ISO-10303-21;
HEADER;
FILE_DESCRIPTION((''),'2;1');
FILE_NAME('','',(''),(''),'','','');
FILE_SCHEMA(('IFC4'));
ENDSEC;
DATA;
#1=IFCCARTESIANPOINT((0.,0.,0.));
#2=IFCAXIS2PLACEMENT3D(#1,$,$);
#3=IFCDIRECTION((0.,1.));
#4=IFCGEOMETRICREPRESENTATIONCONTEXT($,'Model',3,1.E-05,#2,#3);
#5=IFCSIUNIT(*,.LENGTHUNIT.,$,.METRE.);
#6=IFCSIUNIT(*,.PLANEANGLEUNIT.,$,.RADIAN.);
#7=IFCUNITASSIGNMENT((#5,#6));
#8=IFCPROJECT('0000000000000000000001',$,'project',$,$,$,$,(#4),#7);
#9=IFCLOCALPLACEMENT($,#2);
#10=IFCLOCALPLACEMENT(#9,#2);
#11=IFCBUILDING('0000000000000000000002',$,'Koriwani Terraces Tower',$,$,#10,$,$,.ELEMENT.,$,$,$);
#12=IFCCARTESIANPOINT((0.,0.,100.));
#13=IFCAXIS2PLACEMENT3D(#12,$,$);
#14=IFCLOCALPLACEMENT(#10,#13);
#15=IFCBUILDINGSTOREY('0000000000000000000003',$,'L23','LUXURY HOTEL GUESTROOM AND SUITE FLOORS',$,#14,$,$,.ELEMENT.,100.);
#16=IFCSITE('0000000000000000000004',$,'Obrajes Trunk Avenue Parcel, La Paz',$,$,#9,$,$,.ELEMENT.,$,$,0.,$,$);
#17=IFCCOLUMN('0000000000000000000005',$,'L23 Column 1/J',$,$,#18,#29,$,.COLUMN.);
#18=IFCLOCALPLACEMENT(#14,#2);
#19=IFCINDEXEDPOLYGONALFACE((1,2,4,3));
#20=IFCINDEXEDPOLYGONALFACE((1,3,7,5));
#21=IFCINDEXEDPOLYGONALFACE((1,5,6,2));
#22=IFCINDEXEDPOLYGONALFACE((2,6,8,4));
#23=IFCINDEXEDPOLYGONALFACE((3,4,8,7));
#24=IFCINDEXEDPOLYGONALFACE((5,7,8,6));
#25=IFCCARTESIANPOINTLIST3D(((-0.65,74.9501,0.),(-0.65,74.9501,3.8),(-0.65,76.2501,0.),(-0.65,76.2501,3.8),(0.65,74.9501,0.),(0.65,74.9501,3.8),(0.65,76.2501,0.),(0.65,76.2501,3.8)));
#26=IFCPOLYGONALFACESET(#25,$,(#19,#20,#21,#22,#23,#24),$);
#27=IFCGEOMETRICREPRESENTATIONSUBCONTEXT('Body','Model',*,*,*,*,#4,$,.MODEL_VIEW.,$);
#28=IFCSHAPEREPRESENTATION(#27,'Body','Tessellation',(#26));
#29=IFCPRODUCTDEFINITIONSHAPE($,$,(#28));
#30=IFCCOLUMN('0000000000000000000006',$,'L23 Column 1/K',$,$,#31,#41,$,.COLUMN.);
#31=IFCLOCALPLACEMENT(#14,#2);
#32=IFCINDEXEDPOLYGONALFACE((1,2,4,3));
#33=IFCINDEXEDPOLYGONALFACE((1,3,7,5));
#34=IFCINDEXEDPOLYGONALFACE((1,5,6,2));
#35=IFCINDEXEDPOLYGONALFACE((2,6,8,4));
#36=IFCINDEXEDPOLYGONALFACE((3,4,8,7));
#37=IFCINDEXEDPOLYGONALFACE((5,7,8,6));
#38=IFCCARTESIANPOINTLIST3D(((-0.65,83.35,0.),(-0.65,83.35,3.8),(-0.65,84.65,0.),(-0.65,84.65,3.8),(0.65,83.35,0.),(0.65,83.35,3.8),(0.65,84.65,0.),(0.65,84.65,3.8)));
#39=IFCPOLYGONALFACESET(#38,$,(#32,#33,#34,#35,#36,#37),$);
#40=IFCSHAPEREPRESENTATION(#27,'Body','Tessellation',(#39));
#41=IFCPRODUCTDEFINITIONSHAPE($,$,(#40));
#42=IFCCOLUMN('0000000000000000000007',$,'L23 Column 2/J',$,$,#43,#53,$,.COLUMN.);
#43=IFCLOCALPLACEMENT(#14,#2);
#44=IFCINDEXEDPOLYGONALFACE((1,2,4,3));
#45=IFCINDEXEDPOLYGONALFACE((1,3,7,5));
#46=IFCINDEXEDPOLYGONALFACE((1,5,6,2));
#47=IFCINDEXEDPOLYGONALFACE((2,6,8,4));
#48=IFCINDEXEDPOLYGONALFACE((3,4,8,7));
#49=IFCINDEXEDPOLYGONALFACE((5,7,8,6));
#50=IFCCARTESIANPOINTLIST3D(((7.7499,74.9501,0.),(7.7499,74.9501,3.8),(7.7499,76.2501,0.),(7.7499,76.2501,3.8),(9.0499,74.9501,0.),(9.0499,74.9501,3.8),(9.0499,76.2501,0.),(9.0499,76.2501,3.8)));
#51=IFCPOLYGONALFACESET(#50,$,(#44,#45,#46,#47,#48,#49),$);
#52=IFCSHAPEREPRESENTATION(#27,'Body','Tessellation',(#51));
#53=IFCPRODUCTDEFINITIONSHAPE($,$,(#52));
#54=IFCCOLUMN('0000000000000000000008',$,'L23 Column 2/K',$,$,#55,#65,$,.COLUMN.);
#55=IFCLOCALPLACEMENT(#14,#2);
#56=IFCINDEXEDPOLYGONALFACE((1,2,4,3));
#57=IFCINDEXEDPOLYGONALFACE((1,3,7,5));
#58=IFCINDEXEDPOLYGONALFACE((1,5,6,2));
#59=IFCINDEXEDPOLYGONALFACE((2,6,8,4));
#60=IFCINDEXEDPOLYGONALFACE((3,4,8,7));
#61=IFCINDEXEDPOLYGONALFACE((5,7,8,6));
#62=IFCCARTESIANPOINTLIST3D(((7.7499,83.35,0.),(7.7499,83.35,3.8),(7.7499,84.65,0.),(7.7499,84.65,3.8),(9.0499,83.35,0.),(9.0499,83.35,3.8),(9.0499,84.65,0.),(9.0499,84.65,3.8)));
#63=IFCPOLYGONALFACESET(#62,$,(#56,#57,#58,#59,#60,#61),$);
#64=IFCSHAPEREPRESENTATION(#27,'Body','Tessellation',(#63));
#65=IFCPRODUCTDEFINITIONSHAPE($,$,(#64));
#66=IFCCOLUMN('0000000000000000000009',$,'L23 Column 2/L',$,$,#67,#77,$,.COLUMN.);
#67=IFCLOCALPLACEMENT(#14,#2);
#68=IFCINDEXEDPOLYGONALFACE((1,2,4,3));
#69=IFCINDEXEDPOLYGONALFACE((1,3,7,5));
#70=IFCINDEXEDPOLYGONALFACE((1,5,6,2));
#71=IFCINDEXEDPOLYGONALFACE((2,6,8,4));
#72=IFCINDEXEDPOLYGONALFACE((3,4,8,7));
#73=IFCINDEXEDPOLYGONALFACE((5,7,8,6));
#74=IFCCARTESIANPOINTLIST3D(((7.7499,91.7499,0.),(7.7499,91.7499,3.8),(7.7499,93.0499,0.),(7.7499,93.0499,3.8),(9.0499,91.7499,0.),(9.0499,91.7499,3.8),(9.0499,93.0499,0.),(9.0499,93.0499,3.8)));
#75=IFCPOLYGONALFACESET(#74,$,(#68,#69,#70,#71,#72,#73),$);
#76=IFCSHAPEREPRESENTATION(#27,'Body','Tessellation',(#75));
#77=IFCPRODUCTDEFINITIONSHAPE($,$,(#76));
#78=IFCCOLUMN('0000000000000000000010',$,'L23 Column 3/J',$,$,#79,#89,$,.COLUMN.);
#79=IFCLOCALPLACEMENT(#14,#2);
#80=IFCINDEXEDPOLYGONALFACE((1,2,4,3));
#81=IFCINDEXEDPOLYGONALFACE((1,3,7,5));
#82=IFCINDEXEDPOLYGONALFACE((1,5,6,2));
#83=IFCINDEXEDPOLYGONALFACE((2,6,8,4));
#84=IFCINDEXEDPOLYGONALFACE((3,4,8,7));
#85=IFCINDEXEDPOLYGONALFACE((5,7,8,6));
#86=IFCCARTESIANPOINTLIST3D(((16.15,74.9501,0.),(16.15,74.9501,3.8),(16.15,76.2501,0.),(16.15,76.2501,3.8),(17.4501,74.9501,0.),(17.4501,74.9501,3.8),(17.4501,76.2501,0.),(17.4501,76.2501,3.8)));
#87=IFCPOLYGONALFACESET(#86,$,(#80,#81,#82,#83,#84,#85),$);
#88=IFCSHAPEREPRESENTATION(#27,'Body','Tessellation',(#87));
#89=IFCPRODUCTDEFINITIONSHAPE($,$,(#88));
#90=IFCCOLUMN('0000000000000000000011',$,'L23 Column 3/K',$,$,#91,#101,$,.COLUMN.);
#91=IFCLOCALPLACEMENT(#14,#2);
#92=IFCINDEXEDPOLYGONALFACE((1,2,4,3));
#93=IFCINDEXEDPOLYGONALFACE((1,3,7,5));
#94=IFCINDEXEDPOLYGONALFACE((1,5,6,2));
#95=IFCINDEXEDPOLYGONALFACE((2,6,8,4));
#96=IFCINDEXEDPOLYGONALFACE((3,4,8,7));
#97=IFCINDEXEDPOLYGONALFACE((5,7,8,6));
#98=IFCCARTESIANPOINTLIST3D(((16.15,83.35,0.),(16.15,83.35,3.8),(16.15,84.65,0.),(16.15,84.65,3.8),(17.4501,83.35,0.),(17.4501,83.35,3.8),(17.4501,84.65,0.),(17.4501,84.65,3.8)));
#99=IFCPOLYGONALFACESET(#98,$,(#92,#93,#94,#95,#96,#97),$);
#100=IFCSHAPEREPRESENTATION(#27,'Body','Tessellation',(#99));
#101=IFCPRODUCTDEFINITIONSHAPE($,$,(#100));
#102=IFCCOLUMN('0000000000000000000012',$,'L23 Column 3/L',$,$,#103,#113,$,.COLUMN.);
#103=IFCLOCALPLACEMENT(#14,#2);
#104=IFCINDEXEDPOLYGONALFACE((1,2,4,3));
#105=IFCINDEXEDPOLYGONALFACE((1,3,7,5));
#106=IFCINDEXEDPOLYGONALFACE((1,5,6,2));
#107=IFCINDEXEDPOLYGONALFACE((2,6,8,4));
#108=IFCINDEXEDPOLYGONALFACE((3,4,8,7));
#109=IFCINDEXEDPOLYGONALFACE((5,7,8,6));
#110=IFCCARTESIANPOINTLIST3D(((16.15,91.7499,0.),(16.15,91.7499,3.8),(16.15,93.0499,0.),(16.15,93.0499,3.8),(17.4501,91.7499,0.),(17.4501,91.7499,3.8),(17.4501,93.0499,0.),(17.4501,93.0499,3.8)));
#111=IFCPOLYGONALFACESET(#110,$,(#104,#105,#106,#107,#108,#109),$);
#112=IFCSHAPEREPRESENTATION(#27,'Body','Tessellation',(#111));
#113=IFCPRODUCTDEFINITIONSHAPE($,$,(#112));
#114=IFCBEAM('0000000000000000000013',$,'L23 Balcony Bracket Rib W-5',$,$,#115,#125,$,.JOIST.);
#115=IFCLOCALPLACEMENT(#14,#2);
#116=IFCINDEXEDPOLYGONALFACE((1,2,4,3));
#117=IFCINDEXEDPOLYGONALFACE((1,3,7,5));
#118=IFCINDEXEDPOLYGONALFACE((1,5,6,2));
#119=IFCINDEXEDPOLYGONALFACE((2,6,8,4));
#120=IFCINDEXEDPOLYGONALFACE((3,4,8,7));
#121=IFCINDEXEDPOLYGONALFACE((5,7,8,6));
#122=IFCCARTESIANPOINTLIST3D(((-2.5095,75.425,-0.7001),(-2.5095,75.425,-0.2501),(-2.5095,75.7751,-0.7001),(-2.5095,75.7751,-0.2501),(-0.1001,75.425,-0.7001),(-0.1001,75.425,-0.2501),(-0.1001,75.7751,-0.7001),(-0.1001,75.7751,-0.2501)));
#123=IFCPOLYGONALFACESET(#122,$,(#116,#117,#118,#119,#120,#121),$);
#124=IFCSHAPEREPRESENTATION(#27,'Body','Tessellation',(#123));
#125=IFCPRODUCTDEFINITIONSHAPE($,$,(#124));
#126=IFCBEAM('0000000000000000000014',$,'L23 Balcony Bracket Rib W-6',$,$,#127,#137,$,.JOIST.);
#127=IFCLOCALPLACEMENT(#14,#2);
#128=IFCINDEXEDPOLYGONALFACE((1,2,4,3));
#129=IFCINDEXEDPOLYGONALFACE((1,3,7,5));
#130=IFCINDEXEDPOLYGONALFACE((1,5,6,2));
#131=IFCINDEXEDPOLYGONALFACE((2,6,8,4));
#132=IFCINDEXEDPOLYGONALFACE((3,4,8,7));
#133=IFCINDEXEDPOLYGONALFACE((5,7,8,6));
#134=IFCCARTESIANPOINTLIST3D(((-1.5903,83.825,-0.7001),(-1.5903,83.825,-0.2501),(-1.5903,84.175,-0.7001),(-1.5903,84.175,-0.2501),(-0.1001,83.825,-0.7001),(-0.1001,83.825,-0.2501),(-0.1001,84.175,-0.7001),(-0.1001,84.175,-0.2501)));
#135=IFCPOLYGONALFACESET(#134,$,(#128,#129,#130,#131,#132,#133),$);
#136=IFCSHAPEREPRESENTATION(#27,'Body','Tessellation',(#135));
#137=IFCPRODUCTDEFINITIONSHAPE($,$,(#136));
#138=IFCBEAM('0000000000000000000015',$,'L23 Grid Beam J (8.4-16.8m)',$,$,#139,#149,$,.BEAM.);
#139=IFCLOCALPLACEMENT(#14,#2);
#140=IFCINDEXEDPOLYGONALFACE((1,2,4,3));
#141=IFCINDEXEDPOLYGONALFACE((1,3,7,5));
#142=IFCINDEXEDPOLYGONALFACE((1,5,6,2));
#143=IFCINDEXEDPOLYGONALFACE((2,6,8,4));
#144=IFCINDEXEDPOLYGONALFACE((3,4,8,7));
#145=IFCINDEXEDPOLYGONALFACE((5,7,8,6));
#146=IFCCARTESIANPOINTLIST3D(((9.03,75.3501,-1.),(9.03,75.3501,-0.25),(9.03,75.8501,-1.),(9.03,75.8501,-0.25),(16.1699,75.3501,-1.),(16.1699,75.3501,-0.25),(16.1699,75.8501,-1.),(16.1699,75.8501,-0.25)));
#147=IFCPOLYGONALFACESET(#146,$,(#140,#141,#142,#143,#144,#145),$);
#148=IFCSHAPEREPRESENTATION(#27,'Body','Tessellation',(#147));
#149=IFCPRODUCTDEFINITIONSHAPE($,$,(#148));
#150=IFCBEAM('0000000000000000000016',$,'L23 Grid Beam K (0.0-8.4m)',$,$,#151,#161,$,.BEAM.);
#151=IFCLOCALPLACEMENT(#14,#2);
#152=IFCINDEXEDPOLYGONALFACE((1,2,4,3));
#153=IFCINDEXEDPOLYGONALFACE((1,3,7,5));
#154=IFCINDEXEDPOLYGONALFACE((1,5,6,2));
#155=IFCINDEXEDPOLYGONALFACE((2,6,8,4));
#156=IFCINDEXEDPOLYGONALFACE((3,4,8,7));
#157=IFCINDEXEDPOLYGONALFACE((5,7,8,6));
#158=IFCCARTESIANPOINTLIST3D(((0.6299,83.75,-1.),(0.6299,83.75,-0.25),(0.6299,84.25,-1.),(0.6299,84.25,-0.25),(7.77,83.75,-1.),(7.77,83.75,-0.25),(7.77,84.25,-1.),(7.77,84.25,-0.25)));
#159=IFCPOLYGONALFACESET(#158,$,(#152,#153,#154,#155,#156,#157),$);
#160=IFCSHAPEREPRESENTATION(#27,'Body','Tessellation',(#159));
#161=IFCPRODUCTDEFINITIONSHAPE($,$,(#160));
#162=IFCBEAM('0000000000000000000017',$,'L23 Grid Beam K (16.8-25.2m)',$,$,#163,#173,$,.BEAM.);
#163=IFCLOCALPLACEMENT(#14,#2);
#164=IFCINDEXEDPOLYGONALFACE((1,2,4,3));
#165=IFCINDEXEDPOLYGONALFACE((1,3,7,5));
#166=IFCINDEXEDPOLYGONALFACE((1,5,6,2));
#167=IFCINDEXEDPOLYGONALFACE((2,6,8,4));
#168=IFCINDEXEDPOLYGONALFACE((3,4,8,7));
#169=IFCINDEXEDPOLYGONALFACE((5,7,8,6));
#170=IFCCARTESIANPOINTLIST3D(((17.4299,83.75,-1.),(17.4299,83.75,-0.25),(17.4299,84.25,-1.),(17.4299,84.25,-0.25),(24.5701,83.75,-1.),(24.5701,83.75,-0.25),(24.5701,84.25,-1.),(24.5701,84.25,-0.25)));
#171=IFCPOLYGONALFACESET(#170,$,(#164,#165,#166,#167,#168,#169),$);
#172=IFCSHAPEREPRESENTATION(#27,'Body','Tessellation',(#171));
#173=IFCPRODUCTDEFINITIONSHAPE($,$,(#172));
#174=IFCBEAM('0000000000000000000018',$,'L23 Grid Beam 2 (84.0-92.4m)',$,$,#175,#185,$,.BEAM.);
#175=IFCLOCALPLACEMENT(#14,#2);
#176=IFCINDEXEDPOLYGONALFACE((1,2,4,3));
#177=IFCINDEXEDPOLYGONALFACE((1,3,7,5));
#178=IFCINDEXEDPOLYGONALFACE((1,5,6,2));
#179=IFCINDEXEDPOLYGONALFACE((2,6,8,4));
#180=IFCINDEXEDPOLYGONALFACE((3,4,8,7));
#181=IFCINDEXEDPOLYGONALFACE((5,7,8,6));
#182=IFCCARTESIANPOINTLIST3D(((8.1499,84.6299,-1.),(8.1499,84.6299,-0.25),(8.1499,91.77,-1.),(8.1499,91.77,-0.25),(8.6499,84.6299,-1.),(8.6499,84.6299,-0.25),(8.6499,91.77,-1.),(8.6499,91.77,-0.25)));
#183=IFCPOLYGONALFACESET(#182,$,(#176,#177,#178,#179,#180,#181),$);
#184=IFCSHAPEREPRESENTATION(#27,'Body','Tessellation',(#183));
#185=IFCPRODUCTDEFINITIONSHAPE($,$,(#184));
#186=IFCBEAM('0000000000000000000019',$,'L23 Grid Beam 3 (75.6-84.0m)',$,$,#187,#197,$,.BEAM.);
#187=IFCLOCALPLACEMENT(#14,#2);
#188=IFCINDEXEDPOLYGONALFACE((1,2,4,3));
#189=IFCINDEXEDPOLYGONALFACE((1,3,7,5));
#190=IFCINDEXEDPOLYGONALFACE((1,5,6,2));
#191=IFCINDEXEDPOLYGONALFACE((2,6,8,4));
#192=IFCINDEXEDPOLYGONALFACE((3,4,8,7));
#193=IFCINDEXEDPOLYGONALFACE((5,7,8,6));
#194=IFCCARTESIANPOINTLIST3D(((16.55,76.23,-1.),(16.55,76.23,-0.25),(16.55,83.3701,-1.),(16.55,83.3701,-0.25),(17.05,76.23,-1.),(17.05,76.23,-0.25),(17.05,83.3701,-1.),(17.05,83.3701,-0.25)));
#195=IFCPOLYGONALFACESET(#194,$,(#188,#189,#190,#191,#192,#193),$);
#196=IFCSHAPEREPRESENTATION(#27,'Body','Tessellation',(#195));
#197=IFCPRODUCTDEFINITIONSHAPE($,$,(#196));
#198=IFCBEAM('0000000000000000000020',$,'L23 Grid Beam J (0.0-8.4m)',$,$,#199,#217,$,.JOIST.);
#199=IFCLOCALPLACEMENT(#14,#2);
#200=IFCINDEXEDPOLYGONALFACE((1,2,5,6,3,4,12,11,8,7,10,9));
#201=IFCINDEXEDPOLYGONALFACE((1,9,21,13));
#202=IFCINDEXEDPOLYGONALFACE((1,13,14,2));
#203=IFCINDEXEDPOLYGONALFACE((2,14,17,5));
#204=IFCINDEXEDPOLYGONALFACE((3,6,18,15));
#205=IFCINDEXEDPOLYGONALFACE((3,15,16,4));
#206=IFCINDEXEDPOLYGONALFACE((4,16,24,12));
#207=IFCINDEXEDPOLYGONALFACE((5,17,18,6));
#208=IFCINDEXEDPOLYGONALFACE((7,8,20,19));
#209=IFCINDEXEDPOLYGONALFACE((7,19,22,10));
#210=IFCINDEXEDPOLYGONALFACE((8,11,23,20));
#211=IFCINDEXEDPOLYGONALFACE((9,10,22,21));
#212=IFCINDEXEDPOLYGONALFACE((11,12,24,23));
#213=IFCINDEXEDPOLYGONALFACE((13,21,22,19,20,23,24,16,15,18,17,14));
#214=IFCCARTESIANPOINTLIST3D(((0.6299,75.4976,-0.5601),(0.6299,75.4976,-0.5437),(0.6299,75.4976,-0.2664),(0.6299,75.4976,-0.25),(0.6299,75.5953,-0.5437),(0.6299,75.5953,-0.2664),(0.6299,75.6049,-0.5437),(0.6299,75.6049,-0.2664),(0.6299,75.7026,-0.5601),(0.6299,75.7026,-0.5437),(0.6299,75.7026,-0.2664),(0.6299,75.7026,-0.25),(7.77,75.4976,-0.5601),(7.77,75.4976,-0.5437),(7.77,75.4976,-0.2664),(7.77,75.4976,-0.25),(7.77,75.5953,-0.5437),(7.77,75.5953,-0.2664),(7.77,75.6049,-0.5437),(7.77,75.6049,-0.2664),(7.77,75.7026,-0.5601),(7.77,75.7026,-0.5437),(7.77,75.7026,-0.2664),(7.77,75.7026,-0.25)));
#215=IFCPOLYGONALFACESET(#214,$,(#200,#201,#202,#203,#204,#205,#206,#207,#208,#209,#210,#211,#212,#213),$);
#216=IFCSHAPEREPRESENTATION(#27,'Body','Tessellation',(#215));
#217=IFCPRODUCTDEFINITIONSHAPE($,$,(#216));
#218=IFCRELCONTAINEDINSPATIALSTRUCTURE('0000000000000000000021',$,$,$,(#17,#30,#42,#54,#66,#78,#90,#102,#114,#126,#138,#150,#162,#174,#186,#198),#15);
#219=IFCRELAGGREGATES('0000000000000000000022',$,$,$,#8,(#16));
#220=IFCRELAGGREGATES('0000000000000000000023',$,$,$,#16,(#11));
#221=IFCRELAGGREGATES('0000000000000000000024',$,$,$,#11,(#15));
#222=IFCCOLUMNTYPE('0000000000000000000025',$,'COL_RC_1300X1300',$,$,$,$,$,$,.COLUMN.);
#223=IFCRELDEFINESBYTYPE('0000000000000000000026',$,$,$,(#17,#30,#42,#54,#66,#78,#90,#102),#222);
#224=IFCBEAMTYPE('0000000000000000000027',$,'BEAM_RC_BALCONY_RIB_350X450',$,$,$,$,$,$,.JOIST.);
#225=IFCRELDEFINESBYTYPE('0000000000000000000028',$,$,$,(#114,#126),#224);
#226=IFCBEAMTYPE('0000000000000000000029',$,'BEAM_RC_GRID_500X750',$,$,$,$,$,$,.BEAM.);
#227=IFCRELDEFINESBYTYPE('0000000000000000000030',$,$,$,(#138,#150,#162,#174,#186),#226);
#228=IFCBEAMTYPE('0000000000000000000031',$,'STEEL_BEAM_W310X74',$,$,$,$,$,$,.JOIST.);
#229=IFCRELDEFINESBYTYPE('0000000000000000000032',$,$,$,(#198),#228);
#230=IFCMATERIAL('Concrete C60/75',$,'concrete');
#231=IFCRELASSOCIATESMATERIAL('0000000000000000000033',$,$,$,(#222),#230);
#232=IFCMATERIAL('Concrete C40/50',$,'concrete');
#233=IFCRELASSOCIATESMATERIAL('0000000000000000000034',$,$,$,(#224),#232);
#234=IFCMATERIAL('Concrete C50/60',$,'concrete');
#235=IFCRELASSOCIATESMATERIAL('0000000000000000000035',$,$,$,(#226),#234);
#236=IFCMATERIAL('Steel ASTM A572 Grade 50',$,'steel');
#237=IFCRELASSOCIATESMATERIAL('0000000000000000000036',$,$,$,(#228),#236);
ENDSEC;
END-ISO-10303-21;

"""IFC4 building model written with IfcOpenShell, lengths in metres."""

from ifc_helpers import new_model, si_unit, direction, frame, origin, origin_2d, place, context, subcontext, project, spatial, rectangle, i_section, extrude, material, material_profile, profile_set, type_object, element, save


model = new_model("IFC4")

# Units and contexts
model_context = context("Model", 3, precision=1e-05, world=origin(), true_north=direction((0.0, 1.0)))
body_context = subcontext(model_context, "Body", "Model", "MODEL_VIEW")
ifc_project = project(units=[si_unit("LENGTHUNIT", "METRE"), si_unit("PLANEANGLEUNIT", "RADIAN")], contexts=[model_context])

# Site, building, storey
site_placement = place(None, origin())
site = spatial("IfcSite", under=ifc_project, at=site_placement, Name="Obrajes Trunk Avenue Parcel, La Paz", CompositionType="ELEMENT", RefElevation=0.0)
building_placement = place(site_placement, origin())
building = spatial("IfcBuilding", under=site, at=building_placement, Name="Koriwani Terraces Tower", CompositionType="ELEMENT")
storey_placement = place(building_placement, frame((0.0, 0.0, 100.0)))
storey = spatial("IfcBuildingStorey", under=building, at=storey_placement, Name="L23", Description="LUXURY HOTEL GUESTROOM AND SUITE FLOORS", CompositionType="ELEMENT", Elevation=100.0)

# Columns
ifc_material_1 = material(Name="Concrete C60/75", Category="concrete")
ifc_material_profile_1 = material_profile(ifc_material_1, rectangle(XDim=1.3, YDim=1.3, at=origin_2d()), Name="Concrete C60/75", Category="LoadBearing")
ifc_profile_set_1 = profile_set([ifc_material_profile_1], Name="Concrete C60/75")
column_type = type_object("IfcColumnType", Name="COL_RC_1300X1300", PredefinedType="COLUMN", material=ifc_profile_set_1)
for number, where, z_axis, x_axis, name in (
    (1, (0.0, 75.6001, 0.0), (0.0, 0.0, 1.0), (1.0, 0.0, 0.0), "L23 Column 1/J"),
    (2, (0.0, 84.0, 0.0), (0.0, 0.0, 1.0), (1.0, 0.0, 0.0), "L23 Column 1/K"),
    (3, (8.3999, 75.6001, 0.0), (0.0, 0.0, 1.0), (1.0, 0.0, 0.0), "L23 Column 2/J"),
    (4, (8.3999, 84.0, 0.0), (0.0, 0.0, 1.0), (1.0, 0.0, 0.0), "L23 Column 2/K"),
    (5, (8.3999, 92.3999, 0.0), (0.0, 0.0, 1.0), (1.0, 0.0, 0.0), "L23 Column 2/L"),
    (6, (16.8, 75.6001, 0.0), (0.0, 0.0, 1.0), (1.0, 0.0, 0.0), "L23 Column 3/J"),
    (7, (16.8, 84.0, 0.0), (0.0, 0.0, 1.0), (1.0, 0.0, 0.0), "L23 Column 3/K"),
    (8, (16.8, 92.3999, 0.0), (0.0, 0.0, 1.0), (1.0, 0.0, 0.0), "L23 Column 3/L"),
):
    element("IfcColumn", number, at=place(storey_placement, frame(where, z_axis=z_axis, x_axis=x_axis)), inside=storey, type_object=column_type, Name=name, PredefinedType="COLUMN", context=body_context, shape_type="SweptSolid", body=[
        extrude(rectangle(XDim=1.3, YDim=1.3, at=origin_2d()), origin(), (0.0, 0.0, 1.0), 3.8),
    ])

# Beams
ifc_material_2 = material(Name="Concrete C40/50", Category="concrete")
ifc_material_profile_2 = material_profile(ifc_material_2, rectangle(XDim=0.3501, YDim=0.45, at=origin_2d()), Name="Concrete C40/50", Category="LoadBearing")
ifc_profile_set_2 = profile_set([ifc_material_profile_2], Name="Concrete C40/50")
beam_type_1 = type_object("IfcBeamType", Name="BEAM_RC_BALCONY_RIB_350X450", PredefinedType="JOIST", material=ifc_profile_set_2)
beam_1_placement = place(storey_placement, frame((-2.5095, 75.6001, -0.4751), z_axis=(1.0, 0.0, 0.0), x_axis=(0.0, 1.0, 0.0)))
element("IfcBeam", 9, at=beam_1_placement, inside=storey, type_object=beam_type_1, Name="L23 Balcony Bracket Rib W-5", PredefinedType="JOIST", context=body_context, shape_type="SweptSolid", body=[
    extrude(rectangle(XDim=0.3501, YDim=0.45, at=origin_2d()), origin(), (0.0, 0.0, 1.0), 2.4094),
])
beam_2_placement = place(storey_placement, frame((-1.5903, 84.0, -0.4751), z_axis=(1.0, 0.0, 0.0), x_axis=(0.0, 1.0, 0.0)))
element("IfcBeam", 10, at=beam_2_placement, inside=storey, type_object=beam_type_1, Name="L23 Balcony Bracket Rib W-6", PredefinedType="JOIST", context=body_context, shape_type="SweptSolid", body=[
    extrude(rectangle(XDim=0.3501, YDim=0.45, at=origin_2d()), origin(), (0.0, 0.0, 1.0), 1.4902),
])
ifc_material_3 = material(Name="Concrete C50/60", Category="concrete")
ifc_material_profile_3 = material_profile(ifc_material_3, rectangle(XDim=0.5, YDim=0.75, at=origin_2d()), Name="Concrete C50/60", Category="LoadBearing")
ifc_profile_set_3 = profile_set([ifc_material_profile_3], Name="Concrete C50/60")
beam_type_2 = type_object("IfcBeamType", Name="BEAM_RC_GRID_500X750", PredefinedType="BEAM", material=ifc_profile_set_3)
beam_3_placement = place(storey_placement, frame((9.03, 75.6001, -0.625), z_axis=(1.0, 0.0, 0.0), x_axis=(0.0, 1.0, 0.0)))
element("IfcBeam", 11, at=beam_3_placement, inside=storey, type_object=beam_type_2, Name="L23 Grid Beam J (8.4-16.8m)", PredefinedType="BEAM", context=body_context, shape_type="SweptSolid", body=[
    extrude(rectangle(XDim=0.5, YDim=0.75, at=origin_2d()), origin(), (0.0, 0.0, 1.0), 7.1399),
])
for number, where, z_axis, x_axis, name in (
    (12, (0.6299, 84.0, -0.625), (1.0, 0.0, 0.0), (0.0, 1.0, 0.0), "L23 Grid Beam K (0.0-8.4m)"),
    (13, (17.4299, 84.0, -0.625), (1.0, 0.0, 0.0), (0.0, 1.0, 0.0), "L23 Grid Beam K (16.8-25.2m)"),
    (14, (8.3999, 84.6299, -0.625), (0.0, 1.0, 0.0), (-1.0, 0.0, 0.0), "L23 Grid Beam 2 (84.0-92.4m)"),
    (15, (16.8, 76.23, -0.625), (0.0, 1.0, 0.0), (-1.0, 0.0, 0.0), "L23 Grid Beam 3 (75.6-84.0m)"),
):
    element("IfcBeam", number, at=place(storey_placement, frame(where, z_axis=z_axis, x_axis=x_axis)), inside=storey, type_object=beam_type_2, Name=name, PredefinedType="BEAM", context=body_context, shape_type="SweptSolid", body=[
        extrude(rectangle(XDim=0.5, YDim=0.75, at=origin_2d()), origin(), (0.0, 0.0, 1.0), 7.1401),
    ])
ifc_material_4 = material(Name="Steel ASTM A572 Grade 50", Category="steel")
ifc_material_profile_4 = material_profile(ifc_material_4, i_section(OverallWidth=0.2051, OverallDepth=0.3101, WebThickness=0.0095, FlangeThickness=0.0164, at=origin_2d()), Name="Steel ASTM A572 Grade 50", Category="LoadBearing")
ifc_profile_set_4 = profile_set([ifc_material_profile_4], Name="Steel ASTM A572 Grade 50")
beam_type_3 = type_object("IfcBeamType", Name="STEEL_BEAM_W310X74", PredefinedType="JOIST", material=ifc_profile_set_4)
for number, where, z_axis, x_axis, name in (
    (16, (0.6299, 75.6001, -0.405), (1.0, 0.0, 0.0), (0.0, 1.0, 0.0), "L23 Grid Beam J (0.0-8.4m)"),
):
    element("IfcBeam", number, at=place(storey_placement, frame(where, z_axis=z_axis, x_axis=x_axis)), inside=storey, type_object=beam_type_3, Name=name, PredefinedType="JOIST", context=body_context, shape_type="SweptSolid", body=[
        extrude(i_section(OverallWidth=0.2051, OverallDepth=0.3101, WebThickness=0.0095, FlangeThickness=0.0164, at=origin_2d()), origin(), (0.0, 0.0, 1.0), 7.1401),
    ])

save(model, "model.ifc")
